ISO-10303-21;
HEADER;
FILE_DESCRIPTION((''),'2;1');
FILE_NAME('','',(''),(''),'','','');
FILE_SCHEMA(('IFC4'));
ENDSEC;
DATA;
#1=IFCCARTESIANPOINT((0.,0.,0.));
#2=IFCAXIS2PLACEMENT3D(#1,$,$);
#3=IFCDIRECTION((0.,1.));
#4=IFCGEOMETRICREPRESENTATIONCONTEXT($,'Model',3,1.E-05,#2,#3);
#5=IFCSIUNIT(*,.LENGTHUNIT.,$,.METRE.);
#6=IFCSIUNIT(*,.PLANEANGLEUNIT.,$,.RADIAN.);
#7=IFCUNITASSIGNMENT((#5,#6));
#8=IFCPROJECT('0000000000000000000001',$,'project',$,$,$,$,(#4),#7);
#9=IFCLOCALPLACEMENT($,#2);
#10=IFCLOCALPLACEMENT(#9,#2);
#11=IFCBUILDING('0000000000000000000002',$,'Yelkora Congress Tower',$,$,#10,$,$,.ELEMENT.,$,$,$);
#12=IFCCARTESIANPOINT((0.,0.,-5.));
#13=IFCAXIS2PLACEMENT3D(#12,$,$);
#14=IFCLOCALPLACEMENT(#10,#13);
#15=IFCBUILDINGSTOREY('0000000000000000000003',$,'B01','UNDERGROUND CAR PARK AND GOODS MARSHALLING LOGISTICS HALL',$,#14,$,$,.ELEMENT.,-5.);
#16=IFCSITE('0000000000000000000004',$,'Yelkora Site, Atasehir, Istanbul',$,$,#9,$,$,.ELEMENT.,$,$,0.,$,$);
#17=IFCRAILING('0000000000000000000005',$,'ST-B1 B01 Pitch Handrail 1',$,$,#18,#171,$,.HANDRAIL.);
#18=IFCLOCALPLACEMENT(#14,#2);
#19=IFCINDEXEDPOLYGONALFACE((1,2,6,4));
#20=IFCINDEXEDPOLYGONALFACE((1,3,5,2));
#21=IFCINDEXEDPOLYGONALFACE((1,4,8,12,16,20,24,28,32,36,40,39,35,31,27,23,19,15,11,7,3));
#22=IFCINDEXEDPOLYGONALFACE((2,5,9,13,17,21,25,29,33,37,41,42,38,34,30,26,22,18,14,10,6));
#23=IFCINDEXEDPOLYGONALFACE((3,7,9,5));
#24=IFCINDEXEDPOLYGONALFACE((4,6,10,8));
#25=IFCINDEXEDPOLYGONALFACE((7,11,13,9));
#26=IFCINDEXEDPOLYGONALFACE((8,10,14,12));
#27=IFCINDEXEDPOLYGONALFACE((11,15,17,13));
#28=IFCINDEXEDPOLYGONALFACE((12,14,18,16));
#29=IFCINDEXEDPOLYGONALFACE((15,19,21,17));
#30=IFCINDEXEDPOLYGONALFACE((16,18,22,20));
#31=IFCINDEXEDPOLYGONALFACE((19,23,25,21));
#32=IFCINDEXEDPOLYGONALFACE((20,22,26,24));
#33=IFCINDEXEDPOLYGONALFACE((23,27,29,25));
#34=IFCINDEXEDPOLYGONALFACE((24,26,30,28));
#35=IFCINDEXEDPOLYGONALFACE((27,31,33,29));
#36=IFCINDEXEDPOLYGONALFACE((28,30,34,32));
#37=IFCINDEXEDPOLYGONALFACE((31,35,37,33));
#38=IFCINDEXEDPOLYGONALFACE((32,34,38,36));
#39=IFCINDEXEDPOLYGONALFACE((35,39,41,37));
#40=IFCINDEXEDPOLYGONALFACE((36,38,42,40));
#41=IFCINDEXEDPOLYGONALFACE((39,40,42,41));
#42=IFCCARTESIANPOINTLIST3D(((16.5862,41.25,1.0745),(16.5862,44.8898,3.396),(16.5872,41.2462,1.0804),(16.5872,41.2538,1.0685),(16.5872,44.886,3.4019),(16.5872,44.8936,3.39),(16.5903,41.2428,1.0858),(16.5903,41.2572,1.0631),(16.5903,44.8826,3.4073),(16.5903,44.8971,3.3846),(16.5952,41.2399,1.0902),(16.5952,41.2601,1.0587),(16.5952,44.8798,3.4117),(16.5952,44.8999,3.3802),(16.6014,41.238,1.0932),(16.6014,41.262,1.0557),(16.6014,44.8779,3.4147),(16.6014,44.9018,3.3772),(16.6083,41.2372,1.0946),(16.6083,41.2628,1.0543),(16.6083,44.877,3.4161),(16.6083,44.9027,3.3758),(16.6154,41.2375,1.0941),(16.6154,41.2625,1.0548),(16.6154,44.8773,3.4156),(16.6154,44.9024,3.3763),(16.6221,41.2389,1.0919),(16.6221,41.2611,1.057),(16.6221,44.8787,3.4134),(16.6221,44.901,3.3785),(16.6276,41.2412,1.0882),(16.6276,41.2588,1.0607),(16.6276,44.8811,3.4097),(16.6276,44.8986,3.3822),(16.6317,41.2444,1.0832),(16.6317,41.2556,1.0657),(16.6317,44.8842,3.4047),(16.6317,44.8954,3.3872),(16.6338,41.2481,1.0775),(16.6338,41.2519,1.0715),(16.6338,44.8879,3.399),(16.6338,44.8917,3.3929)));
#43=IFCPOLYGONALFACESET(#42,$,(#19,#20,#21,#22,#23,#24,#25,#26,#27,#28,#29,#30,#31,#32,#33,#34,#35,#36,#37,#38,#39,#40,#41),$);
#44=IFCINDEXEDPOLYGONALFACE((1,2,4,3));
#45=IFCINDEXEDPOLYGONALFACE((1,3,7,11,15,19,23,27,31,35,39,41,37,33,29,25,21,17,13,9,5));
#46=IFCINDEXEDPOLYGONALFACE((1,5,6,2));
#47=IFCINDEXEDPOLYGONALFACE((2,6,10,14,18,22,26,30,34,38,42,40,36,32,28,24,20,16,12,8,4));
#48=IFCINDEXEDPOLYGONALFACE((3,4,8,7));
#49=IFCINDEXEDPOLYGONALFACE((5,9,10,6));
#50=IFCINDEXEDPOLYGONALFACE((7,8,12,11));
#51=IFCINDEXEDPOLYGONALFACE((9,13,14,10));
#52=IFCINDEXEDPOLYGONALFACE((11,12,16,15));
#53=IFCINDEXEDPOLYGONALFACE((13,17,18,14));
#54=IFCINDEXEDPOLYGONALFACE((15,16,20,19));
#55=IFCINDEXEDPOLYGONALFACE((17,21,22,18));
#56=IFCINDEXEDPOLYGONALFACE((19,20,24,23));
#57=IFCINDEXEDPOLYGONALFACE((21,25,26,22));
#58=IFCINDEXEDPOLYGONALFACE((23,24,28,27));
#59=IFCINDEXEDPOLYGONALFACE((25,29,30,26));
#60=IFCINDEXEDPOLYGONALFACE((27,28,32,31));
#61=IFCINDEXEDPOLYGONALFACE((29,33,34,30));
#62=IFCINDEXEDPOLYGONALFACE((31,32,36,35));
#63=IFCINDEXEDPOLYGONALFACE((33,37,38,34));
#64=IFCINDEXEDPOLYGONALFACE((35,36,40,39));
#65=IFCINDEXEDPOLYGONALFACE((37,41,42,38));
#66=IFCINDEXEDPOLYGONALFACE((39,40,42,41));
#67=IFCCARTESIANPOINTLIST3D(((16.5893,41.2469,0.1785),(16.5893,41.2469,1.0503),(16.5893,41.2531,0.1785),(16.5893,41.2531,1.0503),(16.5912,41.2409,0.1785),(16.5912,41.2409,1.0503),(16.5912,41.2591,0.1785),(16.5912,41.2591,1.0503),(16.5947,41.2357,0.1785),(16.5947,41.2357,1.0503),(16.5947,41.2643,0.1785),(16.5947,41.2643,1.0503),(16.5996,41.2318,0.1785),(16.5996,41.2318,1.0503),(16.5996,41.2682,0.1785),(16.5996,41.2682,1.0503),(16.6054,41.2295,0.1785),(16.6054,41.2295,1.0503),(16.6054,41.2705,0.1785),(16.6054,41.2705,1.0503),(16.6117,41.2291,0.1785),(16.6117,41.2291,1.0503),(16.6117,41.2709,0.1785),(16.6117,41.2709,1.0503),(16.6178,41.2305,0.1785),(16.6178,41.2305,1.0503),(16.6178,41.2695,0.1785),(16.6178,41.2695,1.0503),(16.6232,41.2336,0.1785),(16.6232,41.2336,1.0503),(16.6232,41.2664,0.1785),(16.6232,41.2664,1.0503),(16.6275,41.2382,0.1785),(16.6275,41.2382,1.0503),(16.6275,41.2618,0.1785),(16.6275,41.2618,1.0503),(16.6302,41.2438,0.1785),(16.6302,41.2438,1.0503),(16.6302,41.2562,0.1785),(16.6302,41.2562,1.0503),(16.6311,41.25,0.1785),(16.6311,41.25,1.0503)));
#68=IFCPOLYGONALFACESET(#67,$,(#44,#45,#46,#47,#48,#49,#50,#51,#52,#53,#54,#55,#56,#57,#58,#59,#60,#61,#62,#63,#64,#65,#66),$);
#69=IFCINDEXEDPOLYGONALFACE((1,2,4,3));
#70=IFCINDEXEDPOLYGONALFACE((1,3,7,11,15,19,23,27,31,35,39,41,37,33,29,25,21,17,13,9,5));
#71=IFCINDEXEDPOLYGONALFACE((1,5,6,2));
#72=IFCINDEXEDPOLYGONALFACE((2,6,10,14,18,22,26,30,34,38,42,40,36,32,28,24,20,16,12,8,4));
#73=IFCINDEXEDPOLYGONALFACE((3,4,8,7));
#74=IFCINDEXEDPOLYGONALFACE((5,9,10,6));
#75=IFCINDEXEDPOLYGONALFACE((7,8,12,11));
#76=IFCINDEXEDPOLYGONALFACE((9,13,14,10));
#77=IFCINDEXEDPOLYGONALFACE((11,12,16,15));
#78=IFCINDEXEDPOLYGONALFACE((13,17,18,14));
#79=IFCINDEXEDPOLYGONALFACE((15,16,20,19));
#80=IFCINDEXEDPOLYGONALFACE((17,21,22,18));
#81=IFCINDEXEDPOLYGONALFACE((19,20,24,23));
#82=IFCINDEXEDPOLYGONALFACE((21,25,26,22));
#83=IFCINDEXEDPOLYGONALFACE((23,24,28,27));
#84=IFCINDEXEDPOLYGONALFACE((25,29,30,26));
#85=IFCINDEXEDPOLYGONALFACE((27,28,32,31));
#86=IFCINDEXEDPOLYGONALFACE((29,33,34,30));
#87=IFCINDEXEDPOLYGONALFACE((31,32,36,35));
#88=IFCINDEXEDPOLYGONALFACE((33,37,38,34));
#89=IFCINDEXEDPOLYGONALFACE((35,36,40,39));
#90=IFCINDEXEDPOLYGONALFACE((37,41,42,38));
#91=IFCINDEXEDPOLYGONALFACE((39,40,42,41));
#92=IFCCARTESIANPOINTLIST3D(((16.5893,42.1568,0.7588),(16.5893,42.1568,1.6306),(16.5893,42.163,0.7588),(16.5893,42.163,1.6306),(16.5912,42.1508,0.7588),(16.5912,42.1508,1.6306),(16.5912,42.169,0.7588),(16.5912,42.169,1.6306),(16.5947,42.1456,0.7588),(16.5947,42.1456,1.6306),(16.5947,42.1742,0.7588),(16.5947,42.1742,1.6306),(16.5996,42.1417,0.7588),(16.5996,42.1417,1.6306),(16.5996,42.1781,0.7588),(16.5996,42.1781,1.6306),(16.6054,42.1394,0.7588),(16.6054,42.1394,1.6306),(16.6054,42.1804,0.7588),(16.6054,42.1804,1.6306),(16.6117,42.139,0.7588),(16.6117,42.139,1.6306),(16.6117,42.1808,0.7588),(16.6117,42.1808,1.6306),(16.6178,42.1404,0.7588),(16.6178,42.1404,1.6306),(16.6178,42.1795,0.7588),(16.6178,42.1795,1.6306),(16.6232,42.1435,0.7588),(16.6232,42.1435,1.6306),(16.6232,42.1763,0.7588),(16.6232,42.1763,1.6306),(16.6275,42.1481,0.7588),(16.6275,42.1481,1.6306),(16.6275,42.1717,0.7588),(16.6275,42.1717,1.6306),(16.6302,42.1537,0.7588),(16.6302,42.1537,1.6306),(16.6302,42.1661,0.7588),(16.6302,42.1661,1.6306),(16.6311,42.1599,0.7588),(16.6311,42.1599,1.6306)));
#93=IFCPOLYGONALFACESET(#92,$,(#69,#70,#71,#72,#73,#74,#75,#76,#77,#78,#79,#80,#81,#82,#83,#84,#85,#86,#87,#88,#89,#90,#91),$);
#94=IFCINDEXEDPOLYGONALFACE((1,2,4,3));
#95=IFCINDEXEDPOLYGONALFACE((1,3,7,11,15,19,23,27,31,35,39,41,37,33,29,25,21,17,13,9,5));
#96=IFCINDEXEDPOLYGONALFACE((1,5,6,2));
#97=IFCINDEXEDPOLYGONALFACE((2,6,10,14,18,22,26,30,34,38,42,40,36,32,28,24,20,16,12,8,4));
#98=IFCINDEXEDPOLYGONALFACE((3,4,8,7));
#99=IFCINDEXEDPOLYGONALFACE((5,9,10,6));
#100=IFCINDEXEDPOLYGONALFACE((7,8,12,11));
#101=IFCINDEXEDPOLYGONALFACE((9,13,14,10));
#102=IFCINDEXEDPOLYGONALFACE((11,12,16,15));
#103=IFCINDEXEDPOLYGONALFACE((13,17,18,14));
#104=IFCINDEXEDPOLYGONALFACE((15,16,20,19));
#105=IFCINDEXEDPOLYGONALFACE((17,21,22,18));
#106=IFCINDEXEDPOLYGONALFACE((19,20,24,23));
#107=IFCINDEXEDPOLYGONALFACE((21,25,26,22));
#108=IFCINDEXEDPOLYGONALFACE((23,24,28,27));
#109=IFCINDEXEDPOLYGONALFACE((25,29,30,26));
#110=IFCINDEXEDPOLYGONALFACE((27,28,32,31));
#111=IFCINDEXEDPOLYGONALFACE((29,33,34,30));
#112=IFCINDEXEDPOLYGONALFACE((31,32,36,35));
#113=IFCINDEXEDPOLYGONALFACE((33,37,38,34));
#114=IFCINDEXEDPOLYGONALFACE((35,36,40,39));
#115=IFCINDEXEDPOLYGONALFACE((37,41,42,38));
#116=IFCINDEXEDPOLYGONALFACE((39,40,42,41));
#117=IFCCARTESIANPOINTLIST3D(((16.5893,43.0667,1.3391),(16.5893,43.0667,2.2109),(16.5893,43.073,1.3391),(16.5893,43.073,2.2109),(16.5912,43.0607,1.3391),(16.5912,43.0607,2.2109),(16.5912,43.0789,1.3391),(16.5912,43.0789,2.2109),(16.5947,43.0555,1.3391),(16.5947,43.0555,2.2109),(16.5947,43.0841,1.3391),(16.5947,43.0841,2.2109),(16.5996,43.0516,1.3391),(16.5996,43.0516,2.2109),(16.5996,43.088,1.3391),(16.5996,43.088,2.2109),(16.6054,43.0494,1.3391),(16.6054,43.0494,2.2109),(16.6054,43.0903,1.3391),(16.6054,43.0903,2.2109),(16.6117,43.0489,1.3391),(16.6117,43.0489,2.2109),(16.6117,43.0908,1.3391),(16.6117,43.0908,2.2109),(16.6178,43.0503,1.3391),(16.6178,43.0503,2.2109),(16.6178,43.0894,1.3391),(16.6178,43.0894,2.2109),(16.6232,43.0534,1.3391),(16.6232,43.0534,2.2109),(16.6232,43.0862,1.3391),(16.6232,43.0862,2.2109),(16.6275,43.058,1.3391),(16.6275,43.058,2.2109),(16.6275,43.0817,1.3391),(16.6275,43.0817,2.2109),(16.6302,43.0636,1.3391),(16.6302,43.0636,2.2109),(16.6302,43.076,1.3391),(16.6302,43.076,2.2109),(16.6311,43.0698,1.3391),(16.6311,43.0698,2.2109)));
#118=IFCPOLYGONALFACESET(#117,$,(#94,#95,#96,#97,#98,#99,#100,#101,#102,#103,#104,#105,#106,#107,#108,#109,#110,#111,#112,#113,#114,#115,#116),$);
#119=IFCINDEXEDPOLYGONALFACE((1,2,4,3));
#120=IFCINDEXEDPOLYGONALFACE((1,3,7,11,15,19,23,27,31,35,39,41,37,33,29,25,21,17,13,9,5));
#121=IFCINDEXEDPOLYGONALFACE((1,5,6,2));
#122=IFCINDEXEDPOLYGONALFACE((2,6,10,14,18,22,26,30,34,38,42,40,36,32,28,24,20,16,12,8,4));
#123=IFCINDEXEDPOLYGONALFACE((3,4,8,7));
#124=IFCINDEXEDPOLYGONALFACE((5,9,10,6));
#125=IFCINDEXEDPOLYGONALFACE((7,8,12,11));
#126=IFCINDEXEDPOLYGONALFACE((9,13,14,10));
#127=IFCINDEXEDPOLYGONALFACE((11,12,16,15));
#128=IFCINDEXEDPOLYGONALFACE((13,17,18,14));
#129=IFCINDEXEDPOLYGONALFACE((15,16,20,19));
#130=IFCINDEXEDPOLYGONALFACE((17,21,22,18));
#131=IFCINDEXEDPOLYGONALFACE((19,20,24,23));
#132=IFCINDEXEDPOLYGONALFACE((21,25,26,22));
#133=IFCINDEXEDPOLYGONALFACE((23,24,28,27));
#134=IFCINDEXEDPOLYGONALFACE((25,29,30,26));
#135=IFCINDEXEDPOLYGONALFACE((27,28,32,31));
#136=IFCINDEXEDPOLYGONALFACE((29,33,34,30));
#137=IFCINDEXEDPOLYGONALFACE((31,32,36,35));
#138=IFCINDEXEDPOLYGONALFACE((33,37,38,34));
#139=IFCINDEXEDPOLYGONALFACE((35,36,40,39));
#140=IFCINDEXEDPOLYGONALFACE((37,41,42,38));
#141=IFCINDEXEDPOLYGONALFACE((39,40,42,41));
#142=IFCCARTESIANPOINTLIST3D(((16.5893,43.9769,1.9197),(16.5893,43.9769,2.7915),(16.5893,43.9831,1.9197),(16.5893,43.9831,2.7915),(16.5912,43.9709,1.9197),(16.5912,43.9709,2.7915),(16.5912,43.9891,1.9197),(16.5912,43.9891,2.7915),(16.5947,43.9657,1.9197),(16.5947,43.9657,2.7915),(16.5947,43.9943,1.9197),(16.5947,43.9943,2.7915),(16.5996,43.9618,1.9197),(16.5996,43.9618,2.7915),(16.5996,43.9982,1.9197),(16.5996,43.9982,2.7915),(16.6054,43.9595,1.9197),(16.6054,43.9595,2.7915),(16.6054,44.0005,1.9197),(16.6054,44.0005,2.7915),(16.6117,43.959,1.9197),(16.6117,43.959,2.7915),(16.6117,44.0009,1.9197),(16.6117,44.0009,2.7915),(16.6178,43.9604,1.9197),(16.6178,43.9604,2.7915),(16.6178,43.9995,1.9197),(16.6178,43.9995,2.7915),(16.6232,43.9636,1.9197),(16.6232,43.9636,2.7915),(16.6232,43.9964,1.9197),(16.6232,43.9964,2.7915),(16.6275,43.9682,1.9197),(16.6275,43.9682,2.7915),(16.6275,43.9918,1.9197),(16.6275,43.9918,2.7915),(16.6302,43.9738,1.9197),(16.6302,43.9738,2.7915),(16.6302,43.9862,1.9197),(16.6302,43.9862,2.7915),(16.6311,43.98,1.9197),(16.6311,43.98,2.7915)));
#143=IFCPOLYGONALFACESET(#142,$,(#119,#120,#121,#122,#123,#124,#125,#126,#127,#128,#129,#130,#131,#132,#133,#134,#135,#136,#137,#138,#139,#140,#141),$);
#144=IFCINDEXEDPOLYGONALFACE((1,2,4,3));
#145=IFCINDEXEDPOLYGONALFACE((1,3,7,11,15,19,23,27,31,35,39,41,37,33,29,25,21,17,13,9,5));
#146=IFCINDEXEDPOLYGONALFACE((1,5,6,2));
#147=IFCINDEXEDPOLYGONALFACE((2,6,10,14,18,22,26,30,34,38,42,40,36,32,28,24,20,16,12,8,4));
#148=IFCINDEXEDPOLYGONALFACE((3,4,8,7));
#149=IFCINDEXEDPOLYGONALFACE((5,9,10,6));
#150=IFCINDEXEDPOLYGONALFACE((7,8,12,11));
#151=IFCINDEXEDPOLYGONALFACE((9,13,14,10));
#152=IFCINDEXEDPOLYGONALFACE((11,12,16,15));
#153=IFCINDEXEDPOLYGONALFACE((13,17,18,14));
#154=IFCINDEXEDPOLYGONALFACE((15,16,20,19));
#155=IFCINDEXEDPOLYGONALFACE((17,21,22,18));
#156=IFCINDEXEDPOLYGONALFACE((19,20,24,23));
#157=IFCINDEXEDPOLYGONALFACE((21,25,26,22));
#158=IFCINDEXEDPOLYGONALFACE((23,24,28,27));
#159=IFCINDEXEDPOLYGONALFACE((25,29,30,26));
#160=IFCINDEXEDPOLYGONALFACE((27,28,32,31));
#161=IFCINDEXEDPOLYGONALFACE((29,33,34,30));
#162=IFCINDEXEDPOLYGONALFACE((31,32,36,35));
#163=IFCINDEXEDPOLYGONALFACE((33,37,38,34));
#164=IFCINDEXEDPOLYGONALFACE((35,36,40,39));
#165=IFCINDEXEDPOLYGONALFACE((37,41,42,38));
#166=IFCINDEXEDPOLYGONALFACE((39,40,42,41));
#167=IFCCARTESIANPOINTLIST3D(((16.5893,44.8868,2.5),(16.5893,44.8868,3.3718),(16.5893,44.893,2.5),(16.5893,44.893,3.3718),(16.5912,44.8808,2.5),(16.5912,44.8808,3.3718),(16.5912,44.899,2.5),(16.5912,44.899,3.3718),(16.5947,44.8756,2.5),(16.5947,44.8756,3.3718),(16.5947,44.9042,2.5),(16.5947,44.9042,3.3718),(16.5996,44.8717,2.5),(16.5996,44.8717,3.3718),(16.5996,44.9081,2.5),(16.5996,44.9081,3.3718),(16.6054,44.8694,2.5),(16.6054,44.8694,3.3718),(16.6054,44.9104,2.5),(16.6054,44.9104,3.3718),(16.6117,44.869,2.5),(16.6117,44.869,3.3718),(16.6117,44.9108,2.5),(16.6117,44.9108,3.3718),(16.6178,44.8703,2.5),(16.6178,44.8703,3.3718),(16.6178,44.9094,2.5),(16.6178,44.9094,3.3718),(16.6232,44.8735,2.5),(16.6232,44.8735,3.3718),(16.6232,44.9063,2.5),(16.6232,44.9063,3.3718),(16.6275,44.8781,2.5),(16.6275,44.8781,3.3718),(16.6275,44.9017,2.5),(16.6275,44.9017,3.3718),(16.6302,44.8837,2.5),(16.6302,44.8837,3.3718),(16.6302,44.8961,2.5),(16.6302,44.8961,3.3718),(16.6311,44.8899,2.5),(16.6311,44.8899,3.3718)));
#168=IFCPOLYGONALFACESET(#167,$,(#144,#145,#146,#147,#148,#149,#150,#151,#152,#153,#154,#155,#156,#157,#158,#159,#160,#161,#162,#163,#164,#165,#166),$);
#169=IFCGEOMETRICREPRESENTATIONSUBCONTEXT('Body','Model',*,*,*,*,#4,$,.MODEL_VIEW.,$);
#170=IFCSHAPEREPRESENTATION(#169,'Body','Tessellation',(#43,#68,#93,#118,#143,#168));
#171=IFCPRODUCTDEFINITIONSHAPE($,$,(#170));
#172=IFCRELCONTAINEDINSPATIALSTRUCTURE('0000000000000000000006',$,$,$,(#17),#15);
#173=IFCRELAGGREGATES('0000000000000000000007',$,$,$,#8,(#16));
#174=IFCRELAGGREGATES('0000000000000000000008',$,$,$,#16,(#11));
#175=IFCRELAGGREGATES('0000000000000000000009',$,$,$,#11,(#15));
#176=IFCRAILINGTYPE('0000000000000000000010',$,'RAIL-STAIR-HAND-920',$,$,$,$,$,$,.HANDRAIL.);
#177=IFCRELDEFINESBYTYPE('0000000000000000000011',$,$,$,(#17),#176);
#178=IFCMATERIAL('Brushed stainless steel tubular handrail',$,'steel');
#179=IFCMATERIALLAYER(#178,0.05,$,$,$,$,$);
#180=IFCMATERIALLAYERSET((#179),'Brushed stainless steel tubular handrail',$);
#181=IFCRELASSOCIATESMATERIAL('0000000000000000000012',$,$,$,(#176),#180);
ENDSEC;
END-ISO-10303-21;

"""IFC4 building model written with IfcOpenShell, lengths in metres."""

from ifc_helpers import new_model, si_unit, direction, frame, origin, origin_2d, place, context, subcontext, project, spatial, circle, extrude, material, layer, layer_set, type_object, element, save


model = new_model("IFC4")

# Units and contexts
model_context = context("Model", 3, precision=1e-05, world=origin(), true_north=direction((0.0, 1.0)))
body_context = subcontext(model_context, "Body", "Model", "MODEL_VIEW")
ifc_project = project(units=[si_unit("LENGTHUNIT", "METRE"), si_unit("PLANEANGLEUNIT", "RADIAN")], contexts=[model_context])

# Site, building, storey
site_placement = place(None, origin())
site = spatial("IfcSite", under=ifc_project, at=site_placement, Name="Yelkora Site, Atasehir, Istanbul", CompositionType="ELEMENT", RefElevation=0.0)
building_placement = place(site_placement, origin())
building = spatial("IfcBuilding", under=site, at=building_placement, Name="Yelkora Congress Tower", CompositionType="ELEMENT")
storey_placement = place(building_placement, frame((0.0, 0.0, -5.0)))
storey = spatial("IfcBuildingStorey", under=building, at=storey_placement, Name="B01", Description="UNDERGROUND CAR PARK AND GOODS MARSHALLING LOGISTICS HALL", CompositionType="ELEMENT", Elevation=-5.0)

# Railing
ifc_material_1 = material(Name="Brushed stainless steel tubular handrail", Category="steel")
ifc_layer_1 = layer(ifc_material_1, 0.05)
ifc_layer_set_1 = layer_set([ifc_layer_1], Name="Brushed stainless steel tubular handrail")
railing_type_1 = type_object("IfcRailingType", Name="RAIL-STAIR-HAND-920", PredefinedType="HANDRAIL", material=ifc_layer_set_1)
railing_1_placement = place(storey_placement, frame((16.6101, 41.25, 0.1785)))
element("IfcRailing", 1, at=railing_1_placement, inside=storey, type_object=railing_type_1, Name="ST-B1 B01 Pitch Handrail 1", PredefinedType="HANDRAIL", context=body_context, shape_type="SweptSolid", body=[
    extrude(circle(Radius=0.0239, at=origin_2d()), frame((0.0, 0.0, 0.896), z_axis=(0.0, 0.843112, 0.537739), x_axis=(-1.0, 0.0, 0.0)), (0.0, 0.0, 1.0), 4.3171),
    extrude(circle(Radius=0.021, at=origin_2d()), origin(), (0.0, 0.0, 1.0), 0.8718),
    extrude(circle(Radius=0.021, at=origin_2d()), frame((0.0, 0.9099, 0.5803)), (0.0, 0.0, 1.0), 0.8718),
    extrude(circle(Radius=0.021, at=origin_2d()), frame((0.0, 1.8198, 1.1606)), (0.0, 0.0, 1.0), 0.8718),
    extrude(circle(Radius=0.021, at=origin_2d()), frame((0.0, 2.73, 1.7412)), (0.0, 0.0, 1.0), 0.8718),
    extrude(circle(Radius=0.021, at=origin_2d()), frame((0.0, 3.6399, 2.3215)), (0.0, 0.0, 1.0), 0.8718),
])

save(model, "model.ifc")
